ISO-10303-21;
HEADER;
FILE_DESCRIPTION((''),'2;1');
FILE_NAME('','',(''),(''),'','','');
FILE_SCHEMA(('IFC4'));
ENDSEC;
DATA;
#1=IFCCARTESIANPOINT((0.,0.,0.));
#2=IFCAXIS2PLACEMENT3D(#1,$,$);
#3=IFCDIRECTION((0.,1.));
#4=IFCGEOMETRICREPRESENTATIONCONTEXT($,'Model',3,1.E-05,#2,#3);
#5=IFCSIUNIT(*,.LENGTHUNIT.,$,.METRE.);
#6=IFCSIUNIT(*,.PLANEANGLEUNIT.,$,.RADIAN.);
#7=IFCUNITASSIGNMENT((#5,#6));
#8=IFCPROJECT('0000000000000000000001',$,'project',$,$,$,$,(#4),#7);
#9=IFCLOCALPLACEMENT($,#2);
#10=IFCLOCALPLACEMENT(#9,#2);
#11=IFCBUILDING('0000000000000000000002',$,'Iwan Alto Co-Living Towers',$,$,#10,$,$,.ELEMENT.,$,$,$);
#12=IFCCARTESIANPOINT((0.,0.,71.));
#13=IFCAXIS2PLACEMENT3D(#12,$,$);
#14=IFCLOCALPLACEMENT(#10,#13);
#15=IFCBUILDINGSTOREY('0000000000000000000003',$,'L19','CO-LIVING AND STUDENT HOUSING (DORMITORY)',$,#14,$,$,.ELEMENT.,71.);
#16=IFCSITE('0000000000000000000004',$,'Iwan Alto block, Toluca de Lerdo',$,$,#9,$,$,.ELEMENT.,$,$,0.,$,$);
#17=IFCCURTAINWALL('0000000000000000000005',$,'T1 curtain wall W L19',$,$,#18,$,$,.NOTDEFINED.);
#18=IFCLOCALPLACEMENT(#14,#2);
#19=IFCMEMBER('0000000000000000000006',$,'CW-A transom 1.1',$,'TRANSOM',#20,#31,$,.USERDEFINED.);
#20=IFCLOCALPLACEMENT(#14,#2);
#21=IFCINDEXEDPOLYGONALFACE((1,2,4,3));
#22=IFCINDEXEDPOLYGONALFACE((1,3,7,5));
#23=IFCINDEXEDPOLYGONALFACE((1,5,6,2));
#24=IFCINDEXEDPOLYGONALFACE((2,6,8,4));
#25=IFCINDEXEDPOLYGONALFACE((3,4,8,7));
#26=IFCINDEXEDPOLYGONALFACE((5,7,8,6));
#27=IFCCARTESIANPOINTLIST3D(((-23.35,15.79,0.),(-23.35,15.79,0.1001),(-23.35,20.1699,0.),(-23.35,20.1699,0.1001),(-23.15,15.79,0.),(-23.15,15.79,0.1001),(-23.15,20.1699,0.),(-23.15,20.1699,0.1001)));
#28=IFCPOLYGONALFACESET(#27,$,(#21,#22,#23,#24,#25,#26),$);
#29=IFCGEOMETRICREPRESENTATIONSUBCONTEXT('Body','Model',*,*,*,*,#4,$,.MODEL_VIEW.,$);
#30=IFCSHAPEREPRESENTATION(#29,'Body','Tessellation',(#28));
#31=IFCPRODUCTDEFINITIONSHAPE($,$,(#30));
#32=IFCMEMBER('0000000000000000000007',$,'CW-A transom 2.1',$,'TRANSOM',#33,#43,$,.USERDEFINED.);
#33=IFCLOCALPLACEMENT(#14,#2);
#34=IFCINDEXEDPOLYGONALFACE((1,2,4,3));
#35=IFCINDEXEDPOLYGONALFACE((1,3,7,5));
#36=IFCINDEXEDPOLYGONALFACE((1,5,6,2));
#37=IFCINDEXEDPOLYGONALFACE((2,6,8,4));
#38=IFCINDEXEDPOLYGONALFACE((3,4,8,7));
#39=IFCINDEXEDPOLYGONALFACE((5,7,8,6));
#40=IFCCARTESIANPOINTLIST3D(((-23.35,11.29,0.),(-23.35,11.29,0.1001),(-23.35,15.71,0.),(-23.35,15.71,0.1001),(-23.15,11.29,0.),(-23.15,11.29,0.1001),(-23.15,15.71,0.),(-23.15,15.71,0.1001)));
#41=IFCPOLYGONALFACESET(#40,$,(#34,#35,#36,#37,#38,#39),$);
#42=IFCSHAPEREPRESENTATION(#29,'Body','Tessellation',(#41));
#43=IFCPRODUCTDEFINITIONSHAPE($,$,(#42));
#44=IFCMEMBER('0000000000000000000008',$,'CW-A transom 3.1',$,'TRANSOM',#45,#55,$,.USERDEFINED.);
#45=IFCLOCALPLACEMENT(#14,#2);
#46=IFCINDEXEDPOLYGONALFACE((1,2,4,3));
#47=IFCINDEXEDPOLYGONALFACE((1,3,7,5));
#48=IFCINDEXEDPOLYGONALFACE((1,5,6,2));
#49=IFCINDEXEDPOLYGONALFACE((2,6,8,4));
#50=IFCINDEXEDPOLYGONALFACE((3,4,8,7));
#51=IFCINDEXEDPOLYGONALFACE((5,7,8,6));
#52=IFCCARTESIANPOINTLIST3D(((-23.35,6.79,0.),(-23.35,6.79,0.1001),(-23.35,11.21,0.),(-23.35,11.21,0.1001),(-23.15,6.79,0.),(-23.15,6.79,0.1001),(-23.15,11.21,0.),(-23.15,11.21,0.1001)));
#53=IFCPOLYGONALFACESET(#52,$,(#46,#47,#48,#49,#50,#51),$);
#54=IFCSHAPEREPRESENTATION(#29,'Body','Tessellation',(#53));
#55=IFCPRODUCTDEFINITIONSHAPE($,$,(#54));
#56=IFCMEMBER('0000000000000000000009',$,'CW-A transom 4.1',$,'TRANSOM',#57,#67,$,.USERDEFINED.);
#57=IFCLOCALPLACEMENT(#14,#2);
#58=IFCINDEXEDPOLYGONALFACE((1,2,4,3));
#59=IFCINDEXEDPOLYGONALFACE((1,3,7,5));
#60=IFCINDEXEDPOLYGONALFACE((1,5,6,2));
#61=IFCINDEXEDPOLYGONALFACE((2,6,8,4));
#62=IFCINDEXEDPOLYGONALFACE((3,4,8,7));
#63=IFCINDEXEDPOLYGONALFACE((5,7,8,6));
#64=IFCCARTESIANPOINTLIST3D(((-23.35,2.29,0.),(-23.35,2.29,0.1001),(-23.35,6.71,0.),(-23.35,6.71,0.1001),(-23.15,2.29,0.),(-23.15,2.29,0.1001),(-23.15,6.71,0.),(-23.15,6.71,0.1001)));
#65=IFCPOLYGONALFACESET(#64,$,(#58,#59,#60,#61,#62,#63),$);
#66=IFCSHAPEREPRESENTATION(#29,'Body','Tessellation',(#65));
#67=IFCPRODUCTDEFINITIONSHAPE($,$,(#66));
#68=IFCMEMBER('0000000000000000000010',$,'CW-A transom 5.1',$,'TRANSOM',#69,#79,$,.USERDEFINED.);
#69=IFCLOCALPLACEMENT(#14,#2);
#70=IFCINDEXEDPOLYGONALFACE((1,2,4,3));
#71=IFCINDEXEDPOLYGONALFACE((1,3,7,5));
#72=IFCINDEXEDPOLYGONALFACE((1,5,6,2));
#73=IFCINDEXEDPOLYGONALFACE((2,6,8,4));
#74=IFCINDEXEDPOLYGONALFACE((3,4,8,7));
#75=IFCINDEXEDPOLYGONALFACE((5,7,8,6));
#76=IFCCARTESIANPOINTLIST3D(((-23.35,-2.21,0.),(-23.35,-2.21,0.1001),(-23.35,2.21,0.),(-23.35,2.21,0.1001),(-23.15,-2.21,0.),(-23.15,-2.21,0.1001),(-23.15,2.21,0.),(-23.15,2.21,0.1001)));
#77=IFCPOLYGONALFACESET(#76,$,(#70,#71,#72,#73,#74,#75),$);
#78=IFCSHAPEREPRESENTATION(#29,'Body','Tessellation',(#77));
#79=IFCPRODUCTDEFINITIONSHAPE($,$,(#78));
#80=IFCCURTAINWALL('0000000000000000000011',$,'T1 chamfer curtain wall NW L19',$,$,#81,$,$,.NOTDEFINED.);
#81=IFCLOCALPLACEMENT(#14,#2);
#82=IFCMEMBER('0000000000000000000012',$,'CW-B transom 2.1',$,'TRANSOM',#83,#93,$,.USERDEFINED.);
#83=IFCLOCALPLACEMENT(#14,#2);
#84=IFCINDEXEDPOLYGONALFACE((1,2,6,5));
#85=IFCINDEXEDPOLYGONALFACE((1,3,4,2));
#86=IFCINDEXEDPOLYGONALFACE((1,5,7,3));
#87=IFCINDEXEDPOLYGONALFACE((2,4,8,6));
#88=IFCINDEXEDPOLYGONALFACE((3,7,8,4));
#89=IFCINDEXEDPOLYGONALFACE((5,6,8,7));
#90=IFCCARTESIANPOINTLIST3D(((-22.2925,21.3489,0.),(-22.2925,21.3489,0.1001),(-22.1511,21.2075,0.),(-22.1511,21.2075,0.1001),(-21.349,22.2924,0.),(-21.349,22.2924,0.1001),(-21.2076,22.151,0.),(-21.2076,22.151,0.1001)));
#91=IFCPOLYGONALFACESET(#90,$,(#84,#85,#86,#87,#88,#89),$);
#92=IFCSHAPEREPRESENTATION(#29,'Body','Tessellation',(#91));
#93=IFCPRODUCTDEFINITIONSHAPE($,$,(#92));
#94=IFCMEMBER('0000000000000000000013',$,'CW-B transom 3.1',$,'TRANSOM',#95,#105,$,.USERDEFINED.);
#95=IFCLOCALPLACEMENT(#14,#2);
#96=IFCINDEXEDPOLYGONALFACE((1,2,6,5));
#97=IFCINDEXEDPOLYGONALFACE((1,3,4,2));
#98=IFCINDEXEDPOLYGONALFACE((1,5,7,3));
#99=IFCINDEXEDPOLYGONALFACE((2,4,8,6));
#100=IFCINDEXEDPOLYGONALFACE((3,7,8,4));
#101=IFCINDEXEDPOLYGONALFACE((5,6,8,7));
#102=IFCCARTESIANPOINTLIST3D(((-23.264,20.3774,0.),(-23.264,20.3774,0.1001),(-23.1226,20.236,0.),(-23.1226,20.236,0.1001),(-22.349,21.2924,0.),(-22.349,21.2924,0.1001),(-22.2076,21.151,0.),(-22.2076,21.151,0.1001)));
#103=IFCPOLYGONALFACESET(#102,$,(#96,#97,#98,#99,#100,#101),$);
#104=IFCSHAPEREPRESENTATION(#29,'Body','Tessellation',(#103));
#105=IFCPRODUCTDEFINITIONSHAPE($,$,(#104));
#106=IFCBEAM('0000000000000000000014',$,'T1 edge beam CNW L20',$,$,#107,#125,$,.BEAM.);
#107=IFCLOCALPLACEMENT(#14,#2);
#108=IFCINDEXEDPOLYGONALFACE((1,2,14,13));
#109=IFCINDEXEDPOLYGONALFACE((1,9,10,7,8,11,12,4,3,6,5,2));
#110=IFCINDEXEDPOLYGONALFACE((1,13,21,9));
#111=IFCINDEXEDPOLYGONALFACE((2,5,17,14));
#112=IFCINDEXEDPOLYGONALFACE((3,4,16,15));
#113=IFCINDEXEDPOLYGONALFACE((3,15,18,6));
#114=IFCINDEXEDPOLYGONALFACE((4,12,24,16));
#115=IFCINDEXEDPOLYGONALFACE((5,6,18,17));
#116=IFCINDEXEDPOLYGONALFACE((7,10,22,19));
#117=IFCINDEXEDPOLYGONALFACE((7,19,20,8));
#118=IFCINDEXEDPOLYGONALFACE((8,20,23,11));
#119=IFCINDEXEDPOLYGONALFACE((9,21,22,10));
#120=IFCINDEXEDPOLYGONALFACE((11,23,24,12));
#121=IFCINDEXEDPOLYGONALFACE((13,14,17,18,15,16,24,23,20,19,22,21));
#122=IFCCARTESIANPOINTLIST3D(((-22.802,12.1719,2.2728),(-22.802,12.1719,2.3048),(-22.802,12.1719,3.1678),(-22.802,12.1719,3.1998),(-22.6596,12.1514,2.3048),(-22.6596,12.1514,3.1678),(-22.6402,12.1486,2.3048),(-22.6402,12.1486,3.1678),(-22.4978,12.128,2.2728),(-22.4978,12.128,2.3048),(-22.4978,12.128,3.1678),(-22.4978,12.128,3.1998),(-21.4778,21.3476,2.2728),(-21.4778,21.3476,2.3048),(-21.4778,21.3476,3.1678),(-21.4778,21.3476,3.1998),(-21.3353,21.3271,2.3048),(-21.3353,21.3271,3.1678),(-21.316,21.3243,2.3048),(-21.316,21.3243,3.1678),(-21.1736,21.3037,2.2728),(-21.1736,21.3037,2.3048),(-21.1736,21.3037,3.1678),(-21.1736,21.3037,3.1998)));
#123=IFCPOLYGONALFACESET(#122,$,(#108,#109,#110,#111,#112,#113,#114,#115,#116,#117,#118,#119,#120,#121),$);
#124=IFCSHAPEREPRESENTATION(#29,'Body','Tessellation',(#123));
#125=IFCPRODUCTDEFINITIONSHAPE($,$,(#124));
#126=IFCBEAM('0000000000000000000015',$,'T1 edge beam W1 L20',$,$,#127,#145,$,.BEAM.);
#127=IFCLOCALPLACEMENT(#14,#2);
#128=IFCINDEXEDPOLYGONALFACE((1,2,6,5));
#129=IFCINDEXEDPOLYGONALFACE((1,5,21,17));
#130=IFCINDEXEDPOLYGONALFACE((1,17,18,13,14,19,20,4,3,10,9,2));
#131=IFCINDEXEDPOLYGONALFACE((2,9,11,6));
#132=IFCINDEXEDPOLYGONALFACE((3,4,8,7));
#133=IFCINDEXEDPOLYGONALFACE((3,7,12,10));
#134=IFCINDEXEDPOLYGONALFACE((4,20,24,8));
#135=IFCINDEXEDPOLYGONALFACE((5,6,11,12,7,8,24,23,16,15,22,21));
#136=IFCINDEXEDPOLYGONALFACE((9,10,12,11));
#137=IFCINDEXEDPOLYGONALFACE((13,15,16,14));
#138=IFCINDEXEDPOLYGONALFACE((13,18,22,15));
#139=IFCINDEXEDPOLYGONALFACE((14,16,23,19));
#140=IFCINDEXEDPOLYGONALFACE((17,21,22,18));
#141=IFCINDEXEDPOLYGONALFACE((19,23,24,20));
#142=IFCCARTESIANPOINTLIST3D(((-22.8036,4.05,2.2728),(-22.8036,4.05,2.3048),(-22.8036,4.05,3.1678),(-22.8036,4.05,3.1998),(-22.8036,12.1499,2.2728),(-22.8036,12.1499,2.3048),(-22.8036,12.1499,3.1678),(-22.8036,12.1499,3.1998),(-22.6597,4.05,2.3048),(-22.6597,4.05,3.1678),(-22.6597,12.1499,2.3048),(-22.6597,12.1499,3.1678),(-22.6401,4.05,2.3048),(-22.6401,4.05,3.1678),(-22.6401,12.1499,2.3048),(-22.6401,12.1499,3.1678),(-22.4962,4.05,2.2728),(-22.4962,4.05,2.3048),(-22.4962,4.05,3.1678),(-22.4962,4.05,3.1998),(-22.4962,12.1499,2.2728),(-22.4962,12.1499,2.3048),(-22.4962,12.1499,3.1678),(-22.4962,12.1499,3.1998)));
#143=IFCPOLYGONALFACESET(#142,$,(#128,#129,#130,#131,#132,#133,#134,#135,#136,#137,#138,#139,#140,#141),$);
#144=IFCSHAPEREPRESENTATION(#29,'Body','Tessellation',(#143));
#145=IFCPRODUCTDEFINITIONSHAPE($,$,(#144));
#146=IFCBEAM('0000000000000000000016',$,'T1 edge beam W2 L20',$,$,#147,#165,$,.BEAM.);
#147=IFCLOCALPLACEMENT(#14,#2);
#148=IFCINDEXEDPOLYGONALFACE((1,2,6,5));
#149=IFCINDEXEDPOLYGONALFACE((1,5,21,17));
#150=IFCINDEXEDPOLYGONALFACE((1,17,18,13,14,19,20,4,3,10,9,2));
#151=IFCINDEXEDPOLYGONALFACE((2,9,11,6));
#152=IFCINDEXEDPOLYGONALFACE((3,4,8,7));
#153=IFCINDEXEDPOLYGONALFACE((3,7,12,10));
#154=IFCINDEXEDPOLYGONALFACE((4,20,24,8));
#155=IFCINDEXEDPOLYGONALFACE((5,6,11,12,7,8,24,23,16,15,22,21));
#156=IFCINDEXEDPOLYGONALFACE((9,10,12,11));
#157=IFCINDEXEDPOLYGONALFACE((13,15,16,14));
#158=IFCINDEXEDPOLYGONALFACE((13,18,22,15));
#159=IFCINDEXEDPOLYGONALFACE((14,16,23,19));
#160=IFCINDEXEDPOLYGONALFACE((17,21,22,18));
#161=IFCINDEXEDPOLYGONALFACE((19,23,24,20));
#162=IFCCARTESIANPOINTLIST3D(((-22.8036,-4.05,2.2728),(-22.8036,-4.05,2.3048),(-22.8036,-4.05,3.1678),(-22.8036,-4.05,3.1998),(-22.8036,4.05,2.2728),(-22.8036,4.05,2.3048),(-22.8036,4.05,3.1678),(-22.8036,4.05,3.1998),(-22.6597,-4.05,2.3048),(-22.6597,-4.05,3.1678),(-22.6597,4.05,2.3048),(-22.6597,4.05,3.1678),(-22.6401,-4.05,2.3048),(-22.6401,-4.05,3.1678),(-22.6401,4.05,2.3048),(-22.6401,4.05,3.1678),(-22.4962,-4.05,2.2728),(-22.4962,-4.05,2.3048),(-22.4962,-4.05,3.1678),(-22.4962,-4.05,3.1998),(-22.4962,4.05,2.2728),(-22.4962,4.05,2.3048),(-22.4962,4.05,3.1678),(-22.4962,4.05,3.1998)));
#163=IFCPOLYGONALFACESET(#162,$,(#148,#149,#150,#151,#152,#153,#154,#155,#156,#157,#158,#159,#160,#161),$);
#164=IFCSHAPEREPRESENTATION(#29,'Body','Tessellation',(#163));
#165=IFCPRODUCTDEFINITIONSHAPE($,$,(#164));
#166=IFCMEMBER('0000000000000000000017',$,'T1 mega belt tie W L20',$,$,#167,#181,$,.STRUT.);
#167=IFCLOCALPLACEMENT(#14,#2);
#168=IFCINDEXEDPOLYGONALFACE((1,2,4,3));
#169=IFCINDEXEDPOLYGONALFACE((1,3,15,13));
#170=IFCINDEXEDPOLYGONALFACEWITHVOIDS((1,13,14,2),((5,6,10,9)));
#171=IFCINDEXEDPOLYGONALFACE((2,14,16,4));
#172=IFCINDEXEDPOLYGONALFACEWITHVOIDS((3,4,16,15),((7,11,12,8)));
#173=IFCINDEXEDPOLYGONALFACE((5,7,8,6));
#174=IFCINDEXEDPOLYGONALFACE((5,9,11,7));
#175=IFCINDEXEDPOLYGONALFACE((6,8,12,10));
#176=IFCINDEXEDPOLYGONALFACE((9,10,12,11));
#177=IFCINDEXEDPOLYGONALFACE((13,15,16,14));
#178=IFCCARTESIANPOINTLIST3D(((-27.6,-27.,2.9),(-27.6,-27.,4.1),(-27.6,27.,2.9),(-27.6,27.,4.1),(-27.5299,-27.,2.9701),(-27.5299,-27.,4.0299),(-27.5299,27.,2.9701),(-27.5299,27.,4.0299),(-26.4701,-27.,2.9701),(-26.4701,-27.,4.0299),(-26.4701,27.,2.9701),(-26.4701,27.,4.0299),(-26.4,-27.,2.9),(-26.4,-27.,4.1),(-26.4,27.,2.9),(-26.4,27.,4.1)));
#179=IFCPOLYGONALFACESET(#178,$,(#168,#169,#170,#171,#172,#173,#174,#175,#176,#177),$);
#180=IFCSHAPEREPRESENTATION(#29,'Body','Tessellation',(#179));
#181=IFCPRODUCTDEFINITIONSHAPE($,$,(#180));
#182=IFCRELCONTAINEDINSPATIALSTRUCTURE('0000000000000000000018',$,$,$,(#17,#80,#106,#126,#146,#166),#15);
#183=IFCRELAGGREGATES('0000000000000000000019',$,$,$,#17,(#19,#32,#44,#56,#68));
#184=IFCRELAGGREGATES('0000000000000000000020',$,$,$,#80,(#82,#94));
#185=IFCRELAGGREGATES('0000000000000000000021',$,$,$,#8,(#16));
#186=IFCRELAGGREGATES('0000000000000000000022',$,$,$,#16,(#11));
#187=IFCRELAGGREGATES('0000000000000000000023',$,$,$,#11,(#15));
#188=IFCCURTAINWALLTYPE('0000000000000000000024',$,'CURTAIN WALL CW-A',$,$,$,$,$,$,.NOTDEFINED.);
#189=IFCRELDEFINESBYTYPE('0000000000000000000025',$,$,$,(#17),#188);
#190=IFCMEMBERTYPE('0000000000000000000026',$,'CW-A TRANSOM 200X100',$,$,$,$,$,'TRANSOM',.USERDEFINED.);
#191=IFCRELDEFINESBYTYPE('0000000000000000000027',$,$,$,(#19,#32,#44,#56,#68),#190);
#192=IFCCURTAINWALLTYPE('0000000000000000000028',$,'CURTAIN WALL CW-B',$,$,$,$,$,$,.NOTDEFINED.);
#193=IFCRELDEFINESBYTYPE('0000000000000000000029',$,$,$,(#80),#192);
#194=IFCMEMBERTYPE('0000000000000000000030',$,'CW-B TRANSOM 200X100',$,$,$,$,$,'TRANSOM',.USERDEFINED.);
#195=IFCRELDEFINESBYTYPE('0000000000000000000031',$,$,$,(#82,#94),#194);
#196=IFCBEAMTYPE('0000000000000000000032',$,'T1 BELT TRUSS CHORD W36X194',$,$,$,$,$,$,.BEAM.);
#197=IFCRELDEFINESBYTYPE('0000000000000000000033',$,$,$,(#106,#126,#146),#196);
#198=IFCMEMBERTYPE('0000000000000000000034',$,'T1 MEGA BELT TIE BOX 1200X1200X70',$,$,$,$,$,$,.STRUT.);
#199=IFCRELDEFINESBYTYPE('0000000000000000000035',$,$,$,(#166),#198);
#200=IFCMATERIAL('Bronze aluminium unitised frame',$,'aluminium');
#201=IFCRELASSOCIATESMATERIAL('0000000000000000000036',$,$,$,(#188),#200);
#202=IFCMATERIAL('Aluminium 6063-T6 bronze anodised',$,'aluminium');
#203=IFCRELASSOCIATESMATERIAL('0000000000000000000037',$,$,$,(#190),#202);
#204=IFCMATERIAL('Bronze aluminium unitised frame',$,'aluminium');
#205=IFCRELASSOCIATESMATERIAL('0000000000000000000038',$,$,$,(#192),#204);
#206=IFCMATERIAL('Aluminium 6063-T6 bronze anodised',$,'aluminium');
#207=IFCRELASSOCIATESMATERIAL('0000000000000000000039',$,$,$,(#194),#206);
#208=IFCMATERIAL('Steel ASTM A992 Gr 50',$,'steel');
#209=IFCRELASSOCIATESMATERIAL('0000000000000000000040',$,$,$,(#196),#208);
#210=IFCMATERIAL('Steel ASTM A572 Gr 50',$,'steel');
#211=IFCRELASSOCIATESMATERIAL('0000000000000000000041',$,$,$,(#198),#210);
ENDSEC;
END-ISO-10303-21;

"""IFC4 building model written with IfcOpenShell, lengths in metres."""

from ifc_helpers import new_model, si_unit, direction, frame, origin, origin_2d, place, context, subcontext, project, spatial, rectangle, hollow_rectangle, i_section, extrude, material, material_profile, profile_set, type_object, element, aggregate, save


model = new_model("IFC4")

# Units and contexts
model_context = context("Model", 3, precision=1e-05, world=origin(), true_north=direction((0.0, 1.0)))
body_context = subcontext(model_context, "Body", "Model", "MODEL_VIEW")
ifc_project = project(units=[si_unit("LENGTHUNIT", "METRE"), si_unit("PLANEANGLEUNIT", "RADIAN")], contexts=[model_context])

# Site, building, storey
site_placement = place(None, origin())
site = spatial("IfcSite", under=ifc_project, at=site_placement, Name="Iwan Alto block, Toluca de Lerdo", CompositionType="ELEMENT", RefElevation=0.0)
building_placement = place(site_placement, origin())
building = spatial("IfcBuilding", under=site, at=building_placement, Name="Iwan Alto Co-Living Towers", CompositionType="ELEMENT")
storey_placement = place(building_placement, frame((0.0, 0.0, 71.0)))
storey = spatial("IfcBuildingStorey", under=building, at=storey_placement, Name="L19", Description="CO-LIVING AND STUDENT HOUSING (DORMITORY)", CompositionType="ELEMENT", Elevation=71.0)

# Curtain walls, members
ifc_material_1 = material(Name="Bronze aluminium unitised frame", Category="aluminium")
curtain_wall_type_1 = type_object("IfcCurtainWallType", Name="CURTAIN WALL CW-A", PredefinedType="NOTDEFINED", material=ifc_material_1)
curtain_wall_1_placement = place(storey_placement, origin())
curtain_wall_1 = element("IfcCurtainWall", 1, at=curtain_wall_1_placement, inside=storey, type_object=curtain_wall_type_1, Name="T1 curtain wall W L19", PredefinedType="NOTDEFINED")
ifc_material_2 = material(Name="Aluminium 6063-T6 bronze anodised", Category="aluminium")
ifc_material_profile_1 = material_profile(ifc_material_2, rectangle(XDim=0.2, YDim=0.1001, at=origin_2d()), Name="AL 200X100")
ifc_profile_set_1 = profile_set([ifc_material_profile_1], Name="Aluminium 6063-T6 bronze anodised")
member_type_1 = type_object("IfcMemberType", Name="CW-A TRANSOM 200X100", ElementType="TRANSOM", PredefinedType="USERDEFINED", material=ifc_profile_set_1)
member_1_placement = place(storey_placement, frame((-23.25, 20.1699, 0.05), z_axis=(0.0, -1.0, 0.0), x_axis=(1.0, 0.0, 0.0)))
member_1 = element("IfcMember", 2, at=member_1_placement, type_object=member_type_1, Name="CW-A transom 1.1", ObjectType="TRANSOM", PredefinedType="USERDEFINED", context=body_context, shape_type="SweptSolid", body=[
    extrude(rectangle(XDim=0.2, YDim=0.1001, at=origin_2d()), origin(), (0.0, 0.0, 1.0), 4.3799),
])
member_2_placement = place(storey_placement, frame((-23.25, 15.71, 0.05), z_axis=(0.0, -1.0, 0.0), x_axis=(1.0, 0.0, 0.0)))
member_2 = element("IfcMember", 3, at=member_2_placement, type_object=member_type_1, Name="CW-A transom 2.1", ObjectType="TRANSOM", PredefinedType="USERDEFINED", context=body_context, shape_type="SweptSolid", body=[
    extrude(rectangle(XDim=0.2, YDim=0.1001, at=origin_2d()), origin(), (0.0, 0.0, 1.0), 4.4199),
])
member_3_placement = place(storey_placement, frame((-23.25, 11.21, 0.05), z_axis=(0.0, -1.0, 0.0), x_axis=(1.0, 0.0, 0.0)))
member_3 = element("IfcMember", 4, at=member_3_placement, type_object=member_type_1, Name="CW-A transom 3.1", ObjectType="TRANSOM", PredefinedType="USERDEFINED", context=body_context, shape_type="SweptSolid", body=[
    extrude(rectangle(XDim=0.2, YDim=0.1001, at=origin_2d()), origin(), (0.0, 0.0, 1.0), 4.4199),
])
member_4_placement = place(storey_placement, frame((-23.25, 6.71, 0.05), z_axis=(0.0, -1.0, 0.0), x_axis=(1.0, 0.0, 0.0)))
member_4 = element("IfcMember", 5, at=member_4_placement, type_object=member_type_1, Name="CW-A transom 4.1", ObjectType="TRANSOM", PredefinedType="USERDEFINED", context=body_context, shape_type="SweptSolid", body=[
    extrude(rectangle(XDim=0.2, YDim=0.1001, at=origin_2d()), origin(), (0.0, 0.0, 1.0), 4.4199),
])
member_5_placement = place(storey_placement, frame((-23.25, 2.21, 0.05), z_axis=(0.0, -1.0, 0.0), x_axis=(1.0, 0.0, 0.0)))
member_5 = element("IfcMember", 6, at=member_5_placement, type_object=member_type_1, Name="CW-A transom 5.1", ObjectType="TRANSOM", PredefinedType="USERDEFINED", context=body_context, shape_type="SweptSolid", body=[
    extrude(rectangle(XDim=0.2, YDim=0.1001, at=origin_2d()), origin(), (0.0, 0.0, 1.0), 4.4199),
])
ifc_material_3 = material(Name="Bronze aluminium unitised frame", Category="aluminium")
curtain_wall_type_2 = type_object("IfcCurtainWallType", Name="CURTAIN WALL CW-B", PredefinedType="NOTDEFINED", material=ifc_material_3)
curtain_wall_2_placement = place(storey_placement, origin())
curtain_wall_2 = element("IfcCurtainWall", 7, at=curtain_wall_2_placement, inside=storey, type_object=curtain_wall_type_2, Name="T1 chamfer curtain wall NW L19", PredefinedType="NOTDEFINED")
ifc_material_4 = material(Name="Aluminium 6063-T6 bronze anodised", Category="aluminium")
ifc_material_profile_2 = material_profile(ifc_material_4, rectangle(XDim=0.2, YDim=0.1001, at=origin_2d()), Name="AL 200X100")
ifc_profile_set_2 = profile_set([ifc_material_profile_2], Name="Aluminium 6063-T6 bronze anodised")
member_type_2 = type_object("IfcMemberType", Name="CW-B TRANSOM 200X100", ElementType="TRANSOM", PredefinedType="USERDEFINED", material=ifc_profile_set_2)
member_6_placement = place(storey_placement, frame((-21.2783, 22.2217, 0.05), z_axis=(-0.707107, -0.707107, 0.0), x_axis=(0.707107, -0.707107, 0.0)))
member_6 = element("IfcMember", 8, at=member_6_placement, type_object=member_type_2, Name="CW-B transom 2.1", ObjectType="TRANSOM", PredefinedType="USERDEFINED", context=body_context, shape_type="SweptSolid", body=[
    extrude(rectangle(XDim=0.2, YDim=0.1001, at=origin_2d()), origin(), (0.0, 0.0, 1.0), 1.3342),
])
member_7_placement = place(storey_placement, frame((-22.2783, 21.2217, 0.05), z_axis=(-0.707107, -0.707107, 0.0), x_axis=(0.707107, -0.707107, 0.0)))
member_7 = element("IfcMember", 9, at=member_7_placement, type_object=member_type_2, Name="CW-B transom 3.1", ObjectType="TRANSOM", PredefinedType="USERDEFINED", context=body_context, shape_type="SweptSolid", body=[
    extrude(rectangle(XDim=0.2, YDim=0.1001, at=origin_2d()), origin(), (0.0, 0.0, 1.0), 1.2939),
])

# Beams
ifc_material_5 = material(Name="Steel ASTM A992 Gr 50", Category="steel")
ifc_material_profile_3 = material_profile(ifc_material_5, i_section(OverallWidth=0.3074, OverallDepth=0.927, WebThickness=0.0195, FlangeThickness=0.032, at=origin_2d()), Name="W36X194")
ifc_profile_set_3 = profile_set([ifc_material_profile_3], Name="Steel ASTM A992 Gr 50")
beam_type_1 = type_object("IfcBeamType", Name="T1 BELT TRUSS CHORD W36X194", PredefinedType="BEAM", material=ifc_profile_set_3)
beam_1_placement = place(storey_placement, frame((-21.3257, 21.3257, 2.7363), z_axis=(-0.142837, -0.989746, 0.0), x_axis=(0.989746, -0.142837, 0.0)))
element("IfcBeam", 10, at=beam_1_placement, inside=storey, type_object=beam_type_1, Name="T1 edge beam CNW L20", PredefinedType="BEAM", context=body_context, shape_type="SweptSolid", body=[
    extrude(i_section(OverallWidth=0.3074, OverallDepth=0.927, WebThickness=0.0195, FlangeThickness=0.032, at=origin_2d()), origin(), (0.0, 0.0, 1.0), 9.2708),
])
beam_2_placement = place(storey_placement, frame((-22.6499, 12.1499, 2.7363), z_axis=(0.0, -1.0, 0.0), x_axis=(1.0, 0.0, 0.0)))
element("IfcBeam", 11, at=beam_2_placement, inside=storey, type_object=beam_type_1, Name="T1 edge beam W1 L20", PredefinedType="BEAM", context=body_context, shape_type="SweptSolid", body=[
    extrude(i_section(OverallWidth=0.3074, OverallDepth=0.927, WebThickness=0.0195, FlangeThickness=0.032, at=origin_2d()), origin(), (0.0, 0.0, 1.0), 8.0999),
])
beam_3_placement = place(storey_placement, frame((-22.6499, 4.05, 2.7363), z_axis=(0.0, -1.0, 0.0), x_axis=(1.0, 0.0, 0.0)))
element("IfcBeam", 12, at=beam_3_placement, inside=storey, type_object=beam_type_1, Name="T1 edge beam W2 L20", PredefinedType="BEAM", context=body_context, shape_type="SweptSolid", body=[
    extrude(i_section(OverallWidth=0.3074, OverallDepth=0.927, WebThickness=0.0195, FlangeThickness=0.032, at=origin_2d()), origin(), (0.0, 0.0, 1.0), 8.1001),
])

# Member
ifc_material_6 = material(Name="Steel ASTM A572 Gr 50", Category="steel")
ifc_material_profile_4 = material_profile(ifc_material_6, hollow_rectangle(XDim=1.2, YDim=1.2, WallThickness=0.0701, at=origin_2d()), Name="BOX 1200X1200X70")
ifc_profile_set_4 = profile_set([ifc_material_profile_4], Name="Steel ASTM A572 Gr 50")
member_type_3 = type_object("IfcMemberType", Name="T1 MEGA BELT TIE BOX 1200X1200X70", PredefinedType="STRUT", material=ifc_profile_set_4)
member_8_placement = place(storey_placement, frame((-27.0, 27.0, 3.5), z_axis=(0.0, -1.0, 0.0), x_axis=(1.0, 0.0, 0.0)))
element("IfcMember", 13, at=member_8_placement, inside=storey, type_object=member_type_3, Name="T1 mega belt tie W L20", PredefinedType="STRUT", context=body_context, shape_type="SweptSolid", body=[
    extrude(hollow_rectangle(XDim=1.2, YDim=1.2, WallThickness=0.0701, at=origin_2d()), origin(), (0.0, 0.0, 1.0), 54.0),
])

aggregate(curtain_wall_1, [member_1, member_2, member_3, member_4, member_5])
aggregate(curtain_wall_2, [member_6, member_7])

save(model, "model.ifc")
